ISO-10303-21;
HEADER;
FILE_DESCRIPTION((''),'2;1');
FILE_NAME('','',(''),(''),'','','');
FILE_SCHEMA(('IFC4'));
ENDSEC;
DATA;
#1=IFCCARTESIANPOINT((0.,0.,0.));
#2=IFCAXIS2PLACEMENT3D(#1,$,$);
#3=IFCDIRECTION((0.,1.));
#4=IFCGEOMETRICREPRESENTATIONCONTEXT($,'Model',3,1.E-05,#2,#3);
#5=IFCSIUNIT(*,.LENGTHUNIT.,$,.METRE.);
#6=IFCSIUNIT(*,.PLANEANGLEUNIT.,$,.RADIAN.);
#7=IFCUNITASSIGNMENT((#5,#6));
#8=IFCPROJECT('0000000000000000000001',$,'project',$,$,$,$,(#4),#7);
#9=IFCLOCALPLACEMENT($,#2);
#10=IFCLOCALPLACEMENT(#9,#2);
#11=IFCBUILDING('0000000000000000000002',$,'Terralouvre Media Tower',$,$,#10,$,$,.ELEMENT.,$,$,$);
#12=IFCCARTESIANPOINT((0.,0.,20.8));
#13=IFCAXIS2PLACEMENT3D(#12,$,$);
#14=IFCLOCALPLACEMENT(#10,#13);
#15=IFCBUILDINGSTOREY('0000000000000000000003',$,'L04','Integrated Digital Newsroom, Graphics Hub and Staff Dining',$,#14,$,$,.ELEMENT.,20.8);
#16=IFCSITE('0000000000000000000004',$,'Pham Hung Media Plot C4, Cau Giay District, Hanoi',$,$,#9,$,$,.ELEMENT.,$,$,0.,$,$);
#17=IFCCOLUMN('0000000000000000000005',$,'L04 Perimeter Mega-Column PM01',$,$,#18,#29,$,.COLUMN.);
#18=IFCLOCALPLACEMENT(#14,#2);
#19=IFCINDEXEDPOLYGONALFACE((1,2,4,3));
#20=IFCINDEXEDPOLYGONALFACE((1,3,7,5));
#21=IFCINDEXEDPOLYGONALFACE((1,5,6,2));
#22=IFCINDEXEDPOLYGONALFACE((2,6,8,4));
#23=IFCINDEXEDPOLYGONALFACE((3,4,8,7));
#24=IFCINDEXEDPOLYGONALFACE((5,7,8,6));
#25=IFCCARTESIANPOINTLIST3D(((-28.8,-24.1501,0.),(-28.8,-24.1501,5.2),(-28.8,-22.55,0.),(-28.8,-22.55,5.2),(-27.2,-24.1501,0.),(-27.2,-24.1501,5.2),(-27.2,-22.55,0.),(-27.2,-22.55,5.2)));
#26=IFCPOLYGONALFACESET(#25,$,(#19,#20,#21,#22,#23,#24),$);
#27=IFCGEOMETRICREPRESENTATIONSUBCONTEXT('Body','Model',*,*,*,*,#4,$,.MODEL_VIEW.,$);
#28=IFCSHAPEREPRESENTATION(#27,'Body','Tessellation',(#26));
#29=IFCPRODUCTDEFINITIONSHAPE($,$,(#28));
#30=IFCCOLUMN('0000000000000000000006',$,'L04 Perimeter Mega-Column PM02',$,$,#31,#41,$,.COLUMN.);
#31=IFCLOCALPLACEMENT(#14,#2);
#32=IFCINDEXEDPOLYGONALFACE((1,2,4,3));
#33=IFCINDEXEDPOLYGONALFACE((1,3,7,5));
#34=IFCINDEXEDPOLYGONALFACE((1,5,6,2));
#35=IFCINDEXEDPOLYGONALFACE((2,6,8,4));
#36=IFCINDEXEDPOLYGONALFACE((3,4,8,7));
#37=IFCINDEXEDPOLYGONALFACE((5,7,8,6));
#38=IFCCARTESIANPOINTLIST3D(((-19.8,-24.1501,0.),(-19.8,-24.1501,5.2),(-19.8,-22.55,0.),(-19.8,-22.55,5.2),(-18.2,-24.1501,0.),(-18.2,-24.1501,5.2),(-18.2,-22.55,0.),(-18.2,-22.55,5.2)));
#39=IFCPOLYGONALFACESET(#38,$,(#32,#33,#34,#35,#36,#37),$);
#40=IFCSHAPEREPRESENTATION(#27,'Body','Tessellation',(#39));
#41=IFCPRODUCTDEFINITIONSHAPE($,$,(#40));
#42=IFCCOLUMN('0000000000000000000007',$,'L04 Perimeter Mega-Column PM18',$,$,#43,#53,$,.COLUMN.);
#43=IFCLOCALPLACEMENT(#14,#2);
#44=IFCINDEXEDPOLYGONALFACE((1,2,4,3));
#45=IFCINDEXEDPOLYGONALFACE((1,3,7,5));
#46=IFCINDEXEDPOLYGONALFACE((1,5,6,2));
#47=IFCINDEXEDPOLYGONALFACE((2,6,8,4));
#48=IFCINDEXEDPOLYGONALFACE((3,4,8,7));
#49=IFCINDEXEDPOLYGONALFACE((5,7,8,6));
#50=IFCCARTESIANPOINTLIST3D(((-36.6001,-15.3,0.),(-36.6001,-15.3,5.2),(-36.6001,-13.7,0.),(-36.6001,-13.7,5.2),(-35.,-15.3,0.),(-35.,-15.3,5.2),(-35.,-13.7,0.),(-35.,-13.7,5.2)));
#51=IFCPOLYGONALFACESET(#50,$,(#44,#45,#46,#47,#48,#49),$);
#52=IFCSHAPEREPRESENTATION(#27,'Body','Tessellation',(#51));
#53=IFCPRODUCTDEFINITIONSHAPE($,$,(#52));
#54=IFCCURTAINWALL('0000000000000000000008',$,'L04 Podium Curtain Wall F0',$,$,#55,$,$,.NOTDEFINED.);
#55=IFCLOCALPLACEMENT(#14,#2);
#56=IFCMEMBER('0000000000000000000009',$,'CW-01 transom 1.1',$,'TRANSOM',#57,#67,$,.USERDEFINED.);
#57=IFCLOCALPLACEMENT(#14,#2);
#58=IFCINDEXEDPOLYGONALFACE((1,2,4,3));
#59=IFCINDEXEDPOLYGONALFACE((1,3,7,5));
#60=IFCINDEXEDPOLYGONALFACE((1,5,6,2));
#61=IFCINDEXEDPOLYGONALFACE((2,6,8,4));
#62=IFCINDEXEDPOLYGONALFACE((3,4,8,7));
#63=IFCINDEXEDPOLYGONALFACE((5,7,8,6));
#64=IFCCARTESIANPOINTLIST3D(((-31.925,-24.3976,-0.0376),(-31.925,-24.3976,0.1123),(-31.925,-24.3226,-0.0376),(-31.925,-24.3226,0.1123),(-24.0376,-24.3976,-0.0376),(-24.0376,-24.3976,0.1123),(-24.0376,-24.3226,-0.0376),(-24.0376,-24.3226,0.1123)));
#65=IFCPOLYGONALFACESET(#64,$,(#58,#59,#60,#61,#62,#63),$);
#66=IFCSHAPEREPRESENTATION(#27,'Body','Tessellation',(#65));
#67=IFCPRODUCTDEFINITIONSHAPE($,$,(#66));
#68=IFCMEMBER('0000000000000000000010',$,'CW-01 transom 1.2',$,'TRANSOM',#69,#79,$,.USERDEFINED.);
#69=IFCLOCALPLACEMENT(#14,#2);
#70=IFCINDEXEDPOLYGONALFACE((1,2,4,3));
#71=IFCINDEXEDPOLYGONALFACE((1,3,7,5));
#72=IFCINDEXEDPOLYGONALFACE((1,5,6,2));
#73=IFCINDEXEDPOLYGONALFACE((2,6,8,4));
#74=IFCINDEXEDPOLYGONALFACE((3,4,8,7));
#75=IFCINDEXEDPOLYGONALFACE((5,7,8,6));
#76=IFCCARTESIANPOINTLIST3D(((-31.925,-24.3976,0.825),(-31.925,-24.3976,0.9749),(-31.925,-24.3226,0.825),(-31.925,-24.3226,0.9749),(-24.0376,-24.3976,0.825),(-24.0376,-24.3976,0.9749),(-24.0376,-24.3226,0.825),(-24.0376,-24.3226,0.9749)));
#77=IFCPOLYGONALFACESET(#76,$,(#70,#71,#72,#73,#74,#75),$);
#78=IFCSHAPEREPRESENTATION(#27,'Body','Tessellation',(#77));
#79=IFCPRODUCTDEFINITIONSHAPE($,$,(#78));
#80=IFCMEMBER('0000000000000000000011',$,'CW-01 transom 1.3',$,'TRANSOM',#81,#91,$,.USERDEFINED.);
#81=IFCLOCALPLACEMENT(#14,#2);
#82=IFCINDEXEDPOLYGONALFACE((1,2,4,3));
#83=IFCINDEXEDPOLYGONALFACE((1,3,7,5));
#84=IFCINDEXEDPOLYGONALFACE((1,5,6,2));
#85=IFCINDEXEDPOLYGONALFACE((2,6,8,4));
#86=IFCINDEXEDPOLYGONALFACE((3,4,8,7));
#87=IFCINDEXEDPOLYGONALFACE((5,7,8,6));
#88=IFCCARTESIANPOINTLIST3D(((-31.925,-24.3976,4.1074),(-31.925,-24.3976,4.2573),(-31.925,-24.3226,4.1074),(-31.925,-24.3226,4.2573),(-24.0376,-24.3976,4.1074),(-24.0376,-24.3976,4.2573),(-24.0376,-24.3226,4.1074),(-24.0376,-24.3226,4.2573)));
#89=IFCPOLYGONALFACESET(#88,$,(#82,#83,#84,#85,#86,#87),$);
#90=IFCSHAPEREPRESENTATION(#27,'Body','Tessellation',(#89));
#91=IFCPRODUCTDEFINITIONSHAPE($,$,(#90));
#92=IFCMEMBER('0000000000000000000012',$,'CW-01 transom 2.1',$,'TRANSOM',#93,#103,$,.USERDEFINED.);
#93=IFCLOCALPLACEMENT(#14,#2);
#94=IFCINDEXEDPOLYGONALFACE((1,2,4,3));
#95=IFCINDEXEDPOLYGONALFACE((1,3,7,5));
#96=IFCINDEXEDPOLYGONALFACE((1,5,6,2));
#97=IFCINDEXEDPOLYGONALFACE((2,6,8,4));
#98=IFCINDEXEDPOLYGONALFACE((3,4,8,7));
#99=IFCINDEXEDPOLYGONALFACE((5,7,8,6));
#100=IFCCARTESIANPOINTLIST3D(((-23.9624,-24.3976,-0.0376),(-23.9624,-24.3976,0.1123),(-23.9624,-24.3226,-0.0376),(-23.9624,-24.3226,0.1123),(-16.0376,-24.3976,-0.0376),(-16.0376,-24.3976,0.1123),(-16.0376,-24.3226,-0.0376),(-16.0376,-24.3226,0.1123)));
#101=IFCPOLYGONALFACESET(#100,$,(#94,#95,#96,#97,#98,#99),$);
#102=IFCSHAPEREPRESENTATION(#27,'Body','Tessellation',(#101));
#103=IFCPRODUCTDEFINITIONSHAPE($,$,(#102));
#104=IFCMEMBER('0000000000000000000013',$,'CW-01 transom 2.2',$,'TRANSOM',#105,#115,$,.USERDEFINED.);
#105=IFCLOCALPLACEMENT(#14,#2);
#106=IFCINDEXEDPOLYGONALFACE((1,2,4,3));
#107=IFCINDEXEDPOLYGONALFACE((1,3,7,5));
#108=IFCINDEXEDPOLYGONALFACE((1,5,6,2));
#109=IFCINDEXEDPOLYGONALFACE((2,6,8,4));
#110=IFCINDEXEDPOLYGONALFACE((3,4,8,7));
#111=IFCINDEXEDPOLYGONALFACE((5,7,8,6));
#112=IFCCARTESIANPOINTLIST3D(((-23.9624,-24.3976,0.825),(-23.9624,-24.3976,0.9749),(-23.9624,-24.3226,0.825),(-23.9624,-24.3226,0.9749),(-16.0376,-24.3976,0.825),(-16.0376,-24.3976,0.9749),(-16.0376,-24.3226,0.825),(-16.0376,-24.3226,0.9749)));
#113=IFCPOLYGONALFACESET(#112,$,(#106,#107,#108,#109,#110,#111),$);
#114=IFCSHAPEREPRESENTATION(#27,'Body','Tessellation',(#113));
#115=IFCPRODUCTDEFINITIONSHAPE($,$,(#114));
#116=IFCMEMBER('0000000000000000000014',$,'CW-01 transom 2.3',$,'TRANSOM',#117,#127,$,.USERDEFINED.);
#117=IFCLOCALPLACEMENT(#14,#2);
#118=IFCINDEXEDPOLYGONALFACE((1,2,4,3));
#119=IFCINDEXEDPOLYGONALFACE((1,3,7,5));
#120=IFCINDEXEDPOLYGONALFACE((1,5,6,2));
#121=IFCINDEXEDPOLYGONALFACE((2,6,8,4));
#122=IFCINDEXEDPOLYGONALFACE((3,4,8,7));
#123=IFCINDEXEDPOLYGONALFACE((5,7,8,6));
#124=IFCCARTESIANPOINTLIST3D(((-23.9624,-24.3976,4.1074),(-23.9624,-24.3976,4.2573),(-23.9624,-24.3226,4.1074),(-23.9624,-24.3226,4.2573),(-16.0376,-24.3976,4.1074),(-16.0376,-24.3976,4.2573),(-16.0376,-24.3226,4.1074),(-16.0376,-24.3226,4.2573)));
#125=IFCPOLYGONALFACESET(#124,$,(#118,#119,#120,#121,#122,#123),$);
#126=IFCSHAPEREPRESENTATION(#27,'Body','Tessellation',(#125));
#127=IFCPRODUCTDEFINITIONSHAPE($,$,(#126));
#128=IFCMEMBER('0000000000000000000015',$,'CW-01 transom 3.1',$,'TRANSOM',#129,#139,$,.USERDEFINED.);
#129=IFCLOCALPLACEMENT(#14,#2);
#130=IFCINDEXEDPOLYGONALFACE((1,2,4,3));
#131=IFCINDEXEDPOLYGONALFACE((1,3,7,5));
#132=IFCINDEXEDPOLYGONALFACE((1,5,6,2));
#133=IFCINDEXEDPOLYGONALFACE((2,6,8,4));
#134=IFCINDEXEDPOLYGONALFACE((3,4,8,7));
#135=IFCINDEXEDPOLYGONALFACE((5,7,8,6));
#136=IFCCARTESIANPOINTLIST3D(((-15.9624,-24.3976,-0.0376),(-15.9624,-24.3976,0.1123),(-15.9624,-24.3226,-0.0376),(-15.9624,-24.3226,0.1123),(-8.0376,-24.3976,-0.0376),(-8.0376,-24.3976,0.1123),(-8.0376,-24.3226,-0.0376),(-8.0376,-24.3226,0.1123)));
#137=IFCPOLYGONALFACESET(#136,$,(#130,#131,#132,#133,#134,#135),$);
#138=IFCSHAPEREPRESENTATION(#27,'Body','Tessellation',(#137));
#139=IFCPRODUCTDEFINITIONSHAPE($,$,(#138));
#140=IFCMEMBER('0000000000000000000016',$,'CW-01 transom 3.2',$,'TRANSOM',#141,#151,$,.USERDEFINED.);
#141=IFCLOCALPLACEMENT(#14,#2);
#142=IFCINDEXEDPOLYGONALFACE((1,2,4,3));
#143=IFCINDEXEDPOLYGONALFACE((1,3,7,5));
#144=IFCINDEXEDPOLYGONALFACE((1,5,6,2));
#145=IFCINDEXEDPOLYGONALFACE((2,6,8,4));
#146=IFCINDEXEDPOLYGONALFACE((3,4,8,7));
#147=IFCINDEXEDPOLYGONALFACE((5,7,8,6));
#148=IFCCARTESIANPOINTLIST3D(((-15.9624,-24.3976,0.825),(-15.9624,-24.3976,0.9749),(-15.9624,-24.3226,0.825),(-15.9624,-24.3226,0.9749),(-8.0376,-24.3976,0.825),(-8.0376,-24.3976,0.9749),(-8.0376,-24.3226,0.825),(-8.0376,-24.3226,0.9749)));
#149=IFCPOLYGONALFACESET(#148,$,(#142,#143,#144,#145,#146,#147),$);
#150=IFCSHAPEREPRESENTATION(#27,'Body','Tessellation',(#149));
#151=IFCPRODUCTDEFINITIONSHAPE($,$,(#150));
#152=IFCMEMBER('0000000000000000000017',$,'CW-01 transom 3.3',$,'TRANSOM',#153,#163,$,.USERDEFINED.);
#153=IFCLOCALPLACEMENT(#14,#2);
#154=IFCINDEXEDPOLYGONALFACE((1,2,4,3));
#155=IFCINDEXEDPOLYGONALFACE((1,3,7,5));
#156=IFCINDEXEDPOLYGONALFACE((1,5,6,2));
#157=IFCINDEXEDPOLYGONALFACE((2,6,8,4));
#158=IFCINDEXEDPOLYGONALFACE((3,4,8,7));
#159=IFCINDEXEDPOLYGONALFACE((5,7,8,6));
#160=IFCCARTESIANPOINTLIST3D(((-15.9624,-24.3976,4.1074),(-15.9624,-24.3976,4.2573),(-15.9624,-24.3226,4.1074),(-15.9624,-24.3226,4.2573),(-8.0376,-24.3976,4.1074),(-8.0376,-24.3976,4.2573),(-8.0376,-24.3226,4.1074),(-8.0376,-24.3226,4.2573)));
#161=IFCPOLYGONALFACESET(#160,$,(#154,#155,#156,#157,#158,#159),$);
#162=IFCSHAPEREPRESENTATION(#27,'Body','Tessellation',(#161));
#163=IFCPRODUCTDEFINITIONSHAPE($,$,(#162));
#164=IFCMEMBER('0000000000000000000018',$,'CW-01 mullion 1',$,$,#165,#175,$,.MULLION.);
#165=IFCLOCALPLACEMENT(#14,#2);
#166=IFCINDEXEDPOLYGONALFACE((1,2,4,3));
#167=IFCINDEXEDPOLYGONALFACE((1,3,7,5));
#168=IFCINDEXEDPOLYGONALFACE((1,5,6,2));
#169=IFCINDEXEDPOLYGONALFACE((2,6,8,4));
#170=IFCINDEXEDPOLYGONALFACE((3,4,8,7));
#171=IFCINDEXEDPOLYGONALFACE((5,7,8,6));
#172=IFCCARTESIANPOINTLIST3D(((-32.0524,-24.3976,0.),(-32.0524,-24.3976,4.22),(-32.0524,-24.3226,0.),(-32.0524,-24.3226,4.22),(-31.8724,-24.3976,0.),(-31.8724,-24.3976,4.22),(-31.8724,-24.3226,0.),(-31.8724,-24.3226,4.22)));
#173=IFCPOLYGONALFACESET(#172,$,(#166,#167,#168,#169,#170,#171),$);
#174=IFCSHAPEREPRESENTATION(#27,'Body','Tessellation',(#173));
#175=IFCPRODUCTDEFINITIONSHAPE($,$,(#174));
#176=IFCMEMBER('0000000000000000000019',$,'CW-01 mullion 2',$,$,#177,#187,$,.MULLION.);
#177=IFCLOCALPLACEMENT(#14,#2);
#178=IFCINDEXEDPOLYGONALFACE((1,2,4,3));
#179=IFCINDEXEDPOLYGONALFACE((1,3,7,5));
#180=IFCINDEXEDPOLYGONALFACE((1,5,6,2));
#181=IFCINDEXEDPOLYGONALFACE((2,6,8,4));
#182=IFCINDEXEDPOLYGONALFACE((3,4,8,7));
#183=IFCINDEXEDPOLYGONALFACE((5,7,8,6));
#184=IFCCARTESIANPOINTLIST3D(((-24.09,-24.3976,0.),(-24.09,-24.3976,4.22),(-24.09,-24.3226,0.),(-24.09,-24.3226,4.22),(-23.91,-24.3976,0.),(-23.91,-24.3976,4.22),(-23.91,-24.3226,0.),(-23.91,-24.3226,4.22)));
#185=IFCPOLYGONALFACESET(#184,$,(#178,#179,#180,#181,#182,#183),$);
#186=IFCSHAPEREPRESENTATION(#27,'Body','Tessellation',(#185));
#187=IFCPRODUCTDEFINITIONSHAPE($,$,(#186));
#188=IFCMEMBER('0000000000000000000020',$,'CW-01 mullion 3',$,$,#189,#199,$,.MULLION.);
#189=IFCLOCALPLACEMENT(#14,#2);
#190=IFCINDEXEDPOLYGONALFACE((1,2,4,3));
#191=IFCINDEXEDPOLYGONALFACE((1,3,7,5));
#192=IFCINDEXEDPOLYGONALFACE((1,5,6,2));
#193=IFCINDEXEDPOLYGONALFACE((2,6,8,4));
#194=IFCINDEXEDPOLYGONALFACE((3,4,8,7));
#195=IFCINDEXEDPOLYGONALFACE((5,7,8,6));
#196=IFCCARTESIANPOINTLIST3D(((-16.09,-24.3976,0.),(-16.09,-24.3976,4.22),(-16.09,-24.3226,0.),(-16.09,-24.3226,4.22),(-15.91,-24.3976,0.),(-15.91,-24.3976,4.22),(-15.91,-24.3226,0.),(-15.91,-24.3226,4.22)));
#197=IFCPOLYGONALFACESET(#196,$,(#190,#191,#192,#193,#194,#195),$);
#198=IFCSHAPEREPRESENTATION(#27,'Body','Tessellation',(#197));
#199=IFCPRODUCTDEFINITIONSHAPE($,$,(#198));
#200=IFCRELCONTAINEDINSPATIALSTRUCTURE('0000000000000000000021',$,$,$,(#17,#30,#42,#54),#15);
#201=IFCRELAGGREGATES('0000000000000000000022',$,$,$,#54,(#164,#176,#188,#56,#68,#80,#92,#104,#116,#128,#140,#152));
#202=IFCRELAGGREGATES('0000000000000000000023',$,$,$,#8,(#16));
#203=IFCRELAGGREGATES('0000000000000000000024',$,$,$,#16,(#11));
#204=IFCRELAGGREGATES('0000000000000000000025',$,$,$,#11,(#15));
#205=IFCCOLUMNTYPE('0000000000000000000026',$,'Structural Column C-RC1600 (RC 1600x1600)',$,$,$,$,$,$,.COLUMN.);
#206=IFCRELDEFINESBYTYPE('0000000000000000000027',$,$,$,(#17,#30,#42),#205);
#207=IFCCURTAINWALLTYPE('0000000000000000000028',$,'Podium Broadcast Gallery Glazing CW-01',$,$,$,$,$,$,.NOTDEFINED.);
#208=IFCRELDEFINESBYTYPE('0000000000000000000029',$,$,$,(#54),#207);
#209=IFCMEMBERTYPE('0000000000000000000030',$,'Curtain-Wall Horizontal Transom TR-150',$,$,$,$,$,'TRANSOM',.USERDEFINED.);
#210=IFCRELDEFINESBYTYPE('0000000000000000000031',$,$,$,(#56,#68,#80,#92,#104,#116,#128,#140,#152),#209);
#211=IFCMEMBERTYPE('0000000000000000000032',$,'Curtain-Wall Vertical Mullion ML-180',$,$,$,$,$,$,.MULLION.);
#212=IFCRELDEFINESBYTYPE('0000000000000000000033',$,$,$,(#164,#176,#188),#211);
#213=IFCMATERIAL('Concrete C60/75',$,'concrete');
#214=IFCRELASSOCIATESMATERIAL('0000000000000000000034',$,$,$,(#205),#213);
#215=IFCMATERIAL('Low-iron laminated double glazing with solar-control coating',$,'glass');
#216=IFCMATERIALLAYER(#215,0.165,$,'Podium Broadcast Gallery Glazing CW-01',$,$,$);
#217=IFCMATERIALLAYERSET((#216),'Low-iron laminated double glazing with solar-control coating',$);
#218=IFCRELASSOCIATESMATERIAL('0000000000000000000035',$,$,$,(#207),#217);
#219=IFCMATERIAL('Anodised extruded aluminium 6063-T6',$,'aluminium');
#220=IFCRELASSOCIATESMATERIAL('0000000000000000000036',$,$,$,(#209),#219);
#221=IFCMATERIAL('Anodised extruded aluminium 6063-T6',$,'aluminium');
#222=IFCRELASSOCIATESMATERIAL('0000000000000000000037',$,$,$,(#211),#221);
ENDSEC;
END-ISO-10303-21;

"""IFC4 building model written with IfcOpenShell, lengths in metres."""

from ifc_helpers import new_model, si_unit, direction, frame, origin, origin_2d, place, context, subcontext, project, spatial, rectangle, extrude, material, layer, layer_set, material_profile, profile_set, type_object, element, aggregate, save


model = new_model("IFC4")

# Units and contexts
model_context = context("Model", 3, precision=1e-05, world=origin(), true_north=direction((0.0, 1.0)))
body_context = subcontext(model_context, "Body", "Model", "MODEL_VIEW")
ifc_project = project(units=[si_unit("LENGTHUNIT", "METRE"), si_unit("PLANEANGLEUNIT", "RADIAN")], contexts=[model_context])

# Site, building, storey
site_placement = place(None, origin())
site = spatial("IfcSite", under=ifc_project, at=site_placement, Name="Pham Hung Media Plot C4, Cau Giay District, Hanoi", CompositionType="ELEMENT", RefElevation=0.0)
building_placement = place(site_placement, origin())
building = spatial("IfcBuilding", under=site, at=building_placement, Name="Terralouvre Media Tower", CompositionType="ELEMENT")
storey_placement = place(building_placement, frame((0.0, 0.0, 20.8)))
storey = spatial("IfcBuildingStorey", under=building, at=storey_placement, Name="L04", Description="Integrated Digital Newsroom, Graphics Hub and Staff Dining", CompositionType="ELEMENT", Elevation=20.8)

# Columns
ifc_material_1 = material(Name="Concrete C60/75", Category="concrete")
ifc_material_profile_1 = material_profile(ifc_material_1, rectangle(XDim=1.6001, YDim=1.6001, at=origin_2d()), Name="RC 1600x1600")
ifc_profile_set_1 = profile_set([ifc_material_profile_1], Name="Concrete C60/75")
column_type = type_object("IfcColumnType", Name="Structural Column C-RC1600 (RC 1600x1600)", PredefinedType="COLUMN", material=ifc_profile_set_1)
for number, where, z_axis, x_axis, name in (
    (1, (-28.0, -23.3501, 0.0), (0.0, 0.0, 1.0), (1.0, 0.0, 0.0), "L04 Perimeter Mega-Column PM01"),
    (2, (-19.0, -23.3501, 0.0), (0.0, 0.0, 1.0), (1.0, 0.0, 0.0), "L04 Perimeter Mega-Column PM02"),
    (3, (-35.8, -14.5, 0.0), (0.0, 0.0, 1.0), (1.0, 0.0, 0.0), "L04 Perimeter Mega-Column PM18"),
):
    element("IfcColumn", number, at=place(storey_placement, frame(where, z_axis=z_axis, x_axis=x_axis)), inside=storey, type_object=column_type, Name=name, PredefinedType="COLUMN", context=body_context, shape_type="SweptSolid", body=[
        extrude(rectangle(XDim=1.6001, YDim=1.6001, at=origin_2d()), origin(), (0.0, 0.0, 1.0), 5.2),
    ])

# Curtain wall, members
ifc_material_2 = material(Name="Low-iron laminated double glazing with solar-control coating", Category="glass")
ifc_layer_1 = layer(ifc_material_2, 0.165, Name="Podium Broadcast Gallery Glazing CW-01")
ifc_layer_set_1 = layer_set([ifc_layer_1], Name="Low-iron laminated double glazing with solar-control coating")
curtain_wall_type = type_object("IfcCurtainWallType", Name="Podium Broadcast Gallery Glazing CW-01", PredefinedType="NOTDEFINED", material=ifc_layer_set_1)
curtain_wall_placement = place(storey_placement, origin())
curtain_wall = element("IfcCurtainWall", 4, at=curtain_wall_placement, inside=storey, type_object=curtain_wall_type, Name="L04 Podium Curtain Wall F0", PredefinedType="NOTDEFINED")
ifc_material_3 = material(Name="Anodised extruded aluminium 6063-T6", Category="aluminium")
ifc_material_profile_2 = material_profile(ifc_material_3, rectangle(XDim=0.075, YDim=0.1499, at=origin_2d()), Name="ALU 75x150")
ifc_profile_set_2 = profile_set([ifc_material_profile_2], Name="Anodised extruded aluminium 6063-T6")
member_type_1 = type_object("IfcMemberType", Name="Curtain-Wall Horizontal Transom TR-150", ElementType="TRANSOM", PredefinedType="USERDEFINED", material=ifc_profile_set_2)
member_1_placement = place(storey_placement, frame((-31.925, -24.3601, 0.0374), z_axis=(1.0, 0.0, 0.0), x_axis=(0.0, 1.0, 0.0)))
member_1 = element("IfcMember", 5, at=member_1_placement, type_object=member_type_1, Name="CW-01 transom 1.1", ObjectType="TRANSOM", PredefinedType="USERDEFINED", context=body_context, shape_type="SweptSolid", body=[
    extrude(rectangle(XDim=0.075, YDim=0.1499, at=origin_2d()), origin(), (0.0, 0.0, 1.0), 7.8875),
])
member_2_placement = place(storey_placement, frame((-31.925, -24.3601, 0.8999), z_axis=(1.0, 0.0, 0.0), x_axis=(0.0, 1.0, 0.0)))
member_2 = element("IfcMember", 6, at=member_2_placement, type_object=member_type_1, Name="CW-01 transom 1.2", ObjectType="TRANSOM", PredefinedType="USERDEFINED", context=body_context, shape_type="SweptSolid", body=[
    extrude(rectangle(XDim=0.075, YDim=0.1499, at=origin_2d()), origin(), (0.0, 0.0, 1.0), 7.8875),
])
member_3_placement = place(storey_placement, frame((-31.925, -24.3601, 4.1824), z_axis=(1.0, 0.0, 0.0), x_axis=(0.0, 1.0, 0.0)))
member_3 = element("IfcMember", 7, at=member_3_placement, type_object=member_type_1, Name="CW-01 transom 1.3", ObjectType="TRANSOM", PredefinedType="USERDEFINED", context=body_context, shape_type="SweptSolid", body=[
    extrude(rectangle(XDim=0.075, YDim=0.1499, at=origin_2d()), origin(), (0.0, 0.0, 1.0), 7.8875),
])
member_4_placement = place(storey_placement, frame((-23.9624, -24.3601, 0.0374), z_axis=(1.0, 0.0, 0.0), x_axis=(0.0, 1.0, 0.0)))
member_4 = element("IfcMember", 8, at=member_4_placement, type_object=member_type_1, Name="CW-01 transom 2.1", ObjectType="TRANSOM", PredefinedType="USERDEFINED", context=body_context, shape_type="SweptSolid", body=[
    extrude(rectangle(XDim=0.075, YDim=0.1499, at=origin_2d()), origin(), (0.0, 0.0, 1.0), 7.9248),
])
member_5_placement = place(storey_placement, frame((-23.9624, -24.3601, 0.8999), z_axis=(1.0, 0.0, 0.0), x_axis=(0.0, 1.0, 0.0)))
member_5 = element("IfcMember", 9, at=member_5_placement, type_object=member_type_1, Name="CW-01 transom 2.2", ObjectType="TRANSOM", PredefinedType="USERDEFINED", context=body_context, shape_type="SweptSolid", body=[
    extrude(rectangle(XDim=0.075, YDim=0.1499, at=origin_2d()), origin(), (0.0, 0.0, 1.0), 7.9248),
])
member_6_placement = place(storey_placement, frame((-23.9624, -24.3601, 4.1824), z_axis=(1.0, 0.0, 0.0), x_axis=(0.0, 1.0, 0.0)))
member_6 = element("IfcMember", 10, at=member_6_placement, type_object=member_type_1, Name="CW-01 transom 2.3", ObjectType="TRANSOM", PredefinedType="USERDEFINED", context=body_context, shape_type="SweptSolid", body=[
    extrude(rectangle(XDim=0.075, YDim=0.1499, at=origin_2d()), origin(), (0.0, 0.0, 1.0), 7.9248),
])
member_7_placement = place(storey_placement, frame((-15.9624, -24.3601, 0.0374), z_axis=(1.0, 0.0, 0.0), x_axis=(0.0, 1.0, 0.0)))
member_7 = element("IfcMember", 11, at=member_7_placement, type_object=member_type_1, Name="CW-01 transom 3.1", ObjectType="TRANSOM", PredefinedType="USERDEFINED", context=body_context, shape_type="SweptSolid", body=[
    extrude(rectangle(XDim=0.075, YDim=0.1499, at=origin_2d()), origin(), (0.0, 0.0, 1.0), 7.9248),
])
member_8_placement = place(storey_placement, frame((-15.9624, -24.3601, 0.8999), z_axis=(1.0, 0.0, 0.0), x_axis=(0.0, 1.0, 0.0)))
member_8 = element("IfcMember", 12, at=member_8_placement, type_object=member_type_1, Name="CW-01 transom 3.2", ObjectType="TRANSOM", PredefinedType="USERDEFINED", context=body_context, shape_type="SweptSolid", body=[
    extrude(rectangle(XDim=0.075, YDim=0.1499, at=origin_2d()), origin(), (0.0, 0.0, 1.0), 7.9248),
])
member_9_placement = place(storey_placement, frame((-15.9624, -24.3601, 4.1824), z_axis=(1.0, 0.0, 0.0), x_axis=(0.0, 1.0, 0.0)))
member_9 = element("IfcMember", 13, at=member_9_placement, type_object=member_type_1, Name="CW-01 transom 3.3", ObjectType="TRANSOM", PredefinedType="USERDEFINED", context=body_context, shape_type="SweptSolid", body=[
    extrude(rectangle(XDim=0.075, YDim=0.1499, at=origin_2d()), origin(), (0.0, 0.0, 1.0), 7.9248),
])
ifc_material_4 = material(Name="Anodised extruded aluminium 6063-T6", Category="aluminium")
ifc_material_profile_3 = material_profile(ifc_material_4, rectangle(XDim=0.075, YDim=0.1799, at=origin_2d()), Name="ALU 75x180")
ifc_profile_set_3 = profile_set([ifc_material_profile_3], Name="Anodised extruded aluminium 6063-T6")
member_type_2 = type_object("IfcMemberType", Name="Curtain-Wall Vertical Mullion ML-180", PredefinedType="MULLION", material=ifc_profile_set_3)
member_10_placement = place(storey_placement, frame((-31.9624, -24.3601, 0.0), z_axis=(0.0, 0.0, 1.0), x_axis=(0.0, 1.0, 0.0)))
member_10 = element("IfcMember", 14, at=member_10_placement, type_object=member_type_2, Name="CW-01 mullion 1", PredefinedType="MULLION", context=body_context, shape_type="SweptSolid", body=[
    extrude(rectangle(XDim=0.075, YDim=0.1799, at=origin_2d()), origin(), (0.0, 0.0, 1.0), 4.22),
])
member_11_placement = place(storey_placement, frame((-24.0, -24.3601, 0.0), z_axis=(0.0, 0.0, 1.0), x_axis=(0.0, 1.0, 0.0)))
member_11 = element("IfcMember", 15, at=member_11_placement, type_object=member_type_2, Name="CW-01 mullion 2", PredefinedType="MULLION", context=body_context, shape_type="SweptSolid", body=[
    extrude(rectangle(XDim=0.075, YDim=0.1799, at=origin_2d()), origin(), (0.0, 0.0, 1.0), 4.22),
])
member_12_placement = place(storey_placement, frame((-16.0, -24.3601, 0.0), z_axis=(0.0, 0.0, 1.0), x_axis=(0.0, 1.0, 0.0)))
member_12 = element("IfcMember", 16, at=member_12_placement, type_object=member_type_2, Name="CW-01 mullion 3", PredefinedType="MULLION", context=body_context, shape_type="SweptSolid", body=[
    extrude(rectangle(XDim=0.075, YDim=0.1799, at=origin_2d()), origin(), (0.0, 0.0, 1.0), 4.22),
])

aggregate(curtain_wall, [member_10, member_11, member_12, member_1, member_2, member_3, member_4, member_5, member_6, member_7, member_8, member_9])

save(model, "model.ifc")
